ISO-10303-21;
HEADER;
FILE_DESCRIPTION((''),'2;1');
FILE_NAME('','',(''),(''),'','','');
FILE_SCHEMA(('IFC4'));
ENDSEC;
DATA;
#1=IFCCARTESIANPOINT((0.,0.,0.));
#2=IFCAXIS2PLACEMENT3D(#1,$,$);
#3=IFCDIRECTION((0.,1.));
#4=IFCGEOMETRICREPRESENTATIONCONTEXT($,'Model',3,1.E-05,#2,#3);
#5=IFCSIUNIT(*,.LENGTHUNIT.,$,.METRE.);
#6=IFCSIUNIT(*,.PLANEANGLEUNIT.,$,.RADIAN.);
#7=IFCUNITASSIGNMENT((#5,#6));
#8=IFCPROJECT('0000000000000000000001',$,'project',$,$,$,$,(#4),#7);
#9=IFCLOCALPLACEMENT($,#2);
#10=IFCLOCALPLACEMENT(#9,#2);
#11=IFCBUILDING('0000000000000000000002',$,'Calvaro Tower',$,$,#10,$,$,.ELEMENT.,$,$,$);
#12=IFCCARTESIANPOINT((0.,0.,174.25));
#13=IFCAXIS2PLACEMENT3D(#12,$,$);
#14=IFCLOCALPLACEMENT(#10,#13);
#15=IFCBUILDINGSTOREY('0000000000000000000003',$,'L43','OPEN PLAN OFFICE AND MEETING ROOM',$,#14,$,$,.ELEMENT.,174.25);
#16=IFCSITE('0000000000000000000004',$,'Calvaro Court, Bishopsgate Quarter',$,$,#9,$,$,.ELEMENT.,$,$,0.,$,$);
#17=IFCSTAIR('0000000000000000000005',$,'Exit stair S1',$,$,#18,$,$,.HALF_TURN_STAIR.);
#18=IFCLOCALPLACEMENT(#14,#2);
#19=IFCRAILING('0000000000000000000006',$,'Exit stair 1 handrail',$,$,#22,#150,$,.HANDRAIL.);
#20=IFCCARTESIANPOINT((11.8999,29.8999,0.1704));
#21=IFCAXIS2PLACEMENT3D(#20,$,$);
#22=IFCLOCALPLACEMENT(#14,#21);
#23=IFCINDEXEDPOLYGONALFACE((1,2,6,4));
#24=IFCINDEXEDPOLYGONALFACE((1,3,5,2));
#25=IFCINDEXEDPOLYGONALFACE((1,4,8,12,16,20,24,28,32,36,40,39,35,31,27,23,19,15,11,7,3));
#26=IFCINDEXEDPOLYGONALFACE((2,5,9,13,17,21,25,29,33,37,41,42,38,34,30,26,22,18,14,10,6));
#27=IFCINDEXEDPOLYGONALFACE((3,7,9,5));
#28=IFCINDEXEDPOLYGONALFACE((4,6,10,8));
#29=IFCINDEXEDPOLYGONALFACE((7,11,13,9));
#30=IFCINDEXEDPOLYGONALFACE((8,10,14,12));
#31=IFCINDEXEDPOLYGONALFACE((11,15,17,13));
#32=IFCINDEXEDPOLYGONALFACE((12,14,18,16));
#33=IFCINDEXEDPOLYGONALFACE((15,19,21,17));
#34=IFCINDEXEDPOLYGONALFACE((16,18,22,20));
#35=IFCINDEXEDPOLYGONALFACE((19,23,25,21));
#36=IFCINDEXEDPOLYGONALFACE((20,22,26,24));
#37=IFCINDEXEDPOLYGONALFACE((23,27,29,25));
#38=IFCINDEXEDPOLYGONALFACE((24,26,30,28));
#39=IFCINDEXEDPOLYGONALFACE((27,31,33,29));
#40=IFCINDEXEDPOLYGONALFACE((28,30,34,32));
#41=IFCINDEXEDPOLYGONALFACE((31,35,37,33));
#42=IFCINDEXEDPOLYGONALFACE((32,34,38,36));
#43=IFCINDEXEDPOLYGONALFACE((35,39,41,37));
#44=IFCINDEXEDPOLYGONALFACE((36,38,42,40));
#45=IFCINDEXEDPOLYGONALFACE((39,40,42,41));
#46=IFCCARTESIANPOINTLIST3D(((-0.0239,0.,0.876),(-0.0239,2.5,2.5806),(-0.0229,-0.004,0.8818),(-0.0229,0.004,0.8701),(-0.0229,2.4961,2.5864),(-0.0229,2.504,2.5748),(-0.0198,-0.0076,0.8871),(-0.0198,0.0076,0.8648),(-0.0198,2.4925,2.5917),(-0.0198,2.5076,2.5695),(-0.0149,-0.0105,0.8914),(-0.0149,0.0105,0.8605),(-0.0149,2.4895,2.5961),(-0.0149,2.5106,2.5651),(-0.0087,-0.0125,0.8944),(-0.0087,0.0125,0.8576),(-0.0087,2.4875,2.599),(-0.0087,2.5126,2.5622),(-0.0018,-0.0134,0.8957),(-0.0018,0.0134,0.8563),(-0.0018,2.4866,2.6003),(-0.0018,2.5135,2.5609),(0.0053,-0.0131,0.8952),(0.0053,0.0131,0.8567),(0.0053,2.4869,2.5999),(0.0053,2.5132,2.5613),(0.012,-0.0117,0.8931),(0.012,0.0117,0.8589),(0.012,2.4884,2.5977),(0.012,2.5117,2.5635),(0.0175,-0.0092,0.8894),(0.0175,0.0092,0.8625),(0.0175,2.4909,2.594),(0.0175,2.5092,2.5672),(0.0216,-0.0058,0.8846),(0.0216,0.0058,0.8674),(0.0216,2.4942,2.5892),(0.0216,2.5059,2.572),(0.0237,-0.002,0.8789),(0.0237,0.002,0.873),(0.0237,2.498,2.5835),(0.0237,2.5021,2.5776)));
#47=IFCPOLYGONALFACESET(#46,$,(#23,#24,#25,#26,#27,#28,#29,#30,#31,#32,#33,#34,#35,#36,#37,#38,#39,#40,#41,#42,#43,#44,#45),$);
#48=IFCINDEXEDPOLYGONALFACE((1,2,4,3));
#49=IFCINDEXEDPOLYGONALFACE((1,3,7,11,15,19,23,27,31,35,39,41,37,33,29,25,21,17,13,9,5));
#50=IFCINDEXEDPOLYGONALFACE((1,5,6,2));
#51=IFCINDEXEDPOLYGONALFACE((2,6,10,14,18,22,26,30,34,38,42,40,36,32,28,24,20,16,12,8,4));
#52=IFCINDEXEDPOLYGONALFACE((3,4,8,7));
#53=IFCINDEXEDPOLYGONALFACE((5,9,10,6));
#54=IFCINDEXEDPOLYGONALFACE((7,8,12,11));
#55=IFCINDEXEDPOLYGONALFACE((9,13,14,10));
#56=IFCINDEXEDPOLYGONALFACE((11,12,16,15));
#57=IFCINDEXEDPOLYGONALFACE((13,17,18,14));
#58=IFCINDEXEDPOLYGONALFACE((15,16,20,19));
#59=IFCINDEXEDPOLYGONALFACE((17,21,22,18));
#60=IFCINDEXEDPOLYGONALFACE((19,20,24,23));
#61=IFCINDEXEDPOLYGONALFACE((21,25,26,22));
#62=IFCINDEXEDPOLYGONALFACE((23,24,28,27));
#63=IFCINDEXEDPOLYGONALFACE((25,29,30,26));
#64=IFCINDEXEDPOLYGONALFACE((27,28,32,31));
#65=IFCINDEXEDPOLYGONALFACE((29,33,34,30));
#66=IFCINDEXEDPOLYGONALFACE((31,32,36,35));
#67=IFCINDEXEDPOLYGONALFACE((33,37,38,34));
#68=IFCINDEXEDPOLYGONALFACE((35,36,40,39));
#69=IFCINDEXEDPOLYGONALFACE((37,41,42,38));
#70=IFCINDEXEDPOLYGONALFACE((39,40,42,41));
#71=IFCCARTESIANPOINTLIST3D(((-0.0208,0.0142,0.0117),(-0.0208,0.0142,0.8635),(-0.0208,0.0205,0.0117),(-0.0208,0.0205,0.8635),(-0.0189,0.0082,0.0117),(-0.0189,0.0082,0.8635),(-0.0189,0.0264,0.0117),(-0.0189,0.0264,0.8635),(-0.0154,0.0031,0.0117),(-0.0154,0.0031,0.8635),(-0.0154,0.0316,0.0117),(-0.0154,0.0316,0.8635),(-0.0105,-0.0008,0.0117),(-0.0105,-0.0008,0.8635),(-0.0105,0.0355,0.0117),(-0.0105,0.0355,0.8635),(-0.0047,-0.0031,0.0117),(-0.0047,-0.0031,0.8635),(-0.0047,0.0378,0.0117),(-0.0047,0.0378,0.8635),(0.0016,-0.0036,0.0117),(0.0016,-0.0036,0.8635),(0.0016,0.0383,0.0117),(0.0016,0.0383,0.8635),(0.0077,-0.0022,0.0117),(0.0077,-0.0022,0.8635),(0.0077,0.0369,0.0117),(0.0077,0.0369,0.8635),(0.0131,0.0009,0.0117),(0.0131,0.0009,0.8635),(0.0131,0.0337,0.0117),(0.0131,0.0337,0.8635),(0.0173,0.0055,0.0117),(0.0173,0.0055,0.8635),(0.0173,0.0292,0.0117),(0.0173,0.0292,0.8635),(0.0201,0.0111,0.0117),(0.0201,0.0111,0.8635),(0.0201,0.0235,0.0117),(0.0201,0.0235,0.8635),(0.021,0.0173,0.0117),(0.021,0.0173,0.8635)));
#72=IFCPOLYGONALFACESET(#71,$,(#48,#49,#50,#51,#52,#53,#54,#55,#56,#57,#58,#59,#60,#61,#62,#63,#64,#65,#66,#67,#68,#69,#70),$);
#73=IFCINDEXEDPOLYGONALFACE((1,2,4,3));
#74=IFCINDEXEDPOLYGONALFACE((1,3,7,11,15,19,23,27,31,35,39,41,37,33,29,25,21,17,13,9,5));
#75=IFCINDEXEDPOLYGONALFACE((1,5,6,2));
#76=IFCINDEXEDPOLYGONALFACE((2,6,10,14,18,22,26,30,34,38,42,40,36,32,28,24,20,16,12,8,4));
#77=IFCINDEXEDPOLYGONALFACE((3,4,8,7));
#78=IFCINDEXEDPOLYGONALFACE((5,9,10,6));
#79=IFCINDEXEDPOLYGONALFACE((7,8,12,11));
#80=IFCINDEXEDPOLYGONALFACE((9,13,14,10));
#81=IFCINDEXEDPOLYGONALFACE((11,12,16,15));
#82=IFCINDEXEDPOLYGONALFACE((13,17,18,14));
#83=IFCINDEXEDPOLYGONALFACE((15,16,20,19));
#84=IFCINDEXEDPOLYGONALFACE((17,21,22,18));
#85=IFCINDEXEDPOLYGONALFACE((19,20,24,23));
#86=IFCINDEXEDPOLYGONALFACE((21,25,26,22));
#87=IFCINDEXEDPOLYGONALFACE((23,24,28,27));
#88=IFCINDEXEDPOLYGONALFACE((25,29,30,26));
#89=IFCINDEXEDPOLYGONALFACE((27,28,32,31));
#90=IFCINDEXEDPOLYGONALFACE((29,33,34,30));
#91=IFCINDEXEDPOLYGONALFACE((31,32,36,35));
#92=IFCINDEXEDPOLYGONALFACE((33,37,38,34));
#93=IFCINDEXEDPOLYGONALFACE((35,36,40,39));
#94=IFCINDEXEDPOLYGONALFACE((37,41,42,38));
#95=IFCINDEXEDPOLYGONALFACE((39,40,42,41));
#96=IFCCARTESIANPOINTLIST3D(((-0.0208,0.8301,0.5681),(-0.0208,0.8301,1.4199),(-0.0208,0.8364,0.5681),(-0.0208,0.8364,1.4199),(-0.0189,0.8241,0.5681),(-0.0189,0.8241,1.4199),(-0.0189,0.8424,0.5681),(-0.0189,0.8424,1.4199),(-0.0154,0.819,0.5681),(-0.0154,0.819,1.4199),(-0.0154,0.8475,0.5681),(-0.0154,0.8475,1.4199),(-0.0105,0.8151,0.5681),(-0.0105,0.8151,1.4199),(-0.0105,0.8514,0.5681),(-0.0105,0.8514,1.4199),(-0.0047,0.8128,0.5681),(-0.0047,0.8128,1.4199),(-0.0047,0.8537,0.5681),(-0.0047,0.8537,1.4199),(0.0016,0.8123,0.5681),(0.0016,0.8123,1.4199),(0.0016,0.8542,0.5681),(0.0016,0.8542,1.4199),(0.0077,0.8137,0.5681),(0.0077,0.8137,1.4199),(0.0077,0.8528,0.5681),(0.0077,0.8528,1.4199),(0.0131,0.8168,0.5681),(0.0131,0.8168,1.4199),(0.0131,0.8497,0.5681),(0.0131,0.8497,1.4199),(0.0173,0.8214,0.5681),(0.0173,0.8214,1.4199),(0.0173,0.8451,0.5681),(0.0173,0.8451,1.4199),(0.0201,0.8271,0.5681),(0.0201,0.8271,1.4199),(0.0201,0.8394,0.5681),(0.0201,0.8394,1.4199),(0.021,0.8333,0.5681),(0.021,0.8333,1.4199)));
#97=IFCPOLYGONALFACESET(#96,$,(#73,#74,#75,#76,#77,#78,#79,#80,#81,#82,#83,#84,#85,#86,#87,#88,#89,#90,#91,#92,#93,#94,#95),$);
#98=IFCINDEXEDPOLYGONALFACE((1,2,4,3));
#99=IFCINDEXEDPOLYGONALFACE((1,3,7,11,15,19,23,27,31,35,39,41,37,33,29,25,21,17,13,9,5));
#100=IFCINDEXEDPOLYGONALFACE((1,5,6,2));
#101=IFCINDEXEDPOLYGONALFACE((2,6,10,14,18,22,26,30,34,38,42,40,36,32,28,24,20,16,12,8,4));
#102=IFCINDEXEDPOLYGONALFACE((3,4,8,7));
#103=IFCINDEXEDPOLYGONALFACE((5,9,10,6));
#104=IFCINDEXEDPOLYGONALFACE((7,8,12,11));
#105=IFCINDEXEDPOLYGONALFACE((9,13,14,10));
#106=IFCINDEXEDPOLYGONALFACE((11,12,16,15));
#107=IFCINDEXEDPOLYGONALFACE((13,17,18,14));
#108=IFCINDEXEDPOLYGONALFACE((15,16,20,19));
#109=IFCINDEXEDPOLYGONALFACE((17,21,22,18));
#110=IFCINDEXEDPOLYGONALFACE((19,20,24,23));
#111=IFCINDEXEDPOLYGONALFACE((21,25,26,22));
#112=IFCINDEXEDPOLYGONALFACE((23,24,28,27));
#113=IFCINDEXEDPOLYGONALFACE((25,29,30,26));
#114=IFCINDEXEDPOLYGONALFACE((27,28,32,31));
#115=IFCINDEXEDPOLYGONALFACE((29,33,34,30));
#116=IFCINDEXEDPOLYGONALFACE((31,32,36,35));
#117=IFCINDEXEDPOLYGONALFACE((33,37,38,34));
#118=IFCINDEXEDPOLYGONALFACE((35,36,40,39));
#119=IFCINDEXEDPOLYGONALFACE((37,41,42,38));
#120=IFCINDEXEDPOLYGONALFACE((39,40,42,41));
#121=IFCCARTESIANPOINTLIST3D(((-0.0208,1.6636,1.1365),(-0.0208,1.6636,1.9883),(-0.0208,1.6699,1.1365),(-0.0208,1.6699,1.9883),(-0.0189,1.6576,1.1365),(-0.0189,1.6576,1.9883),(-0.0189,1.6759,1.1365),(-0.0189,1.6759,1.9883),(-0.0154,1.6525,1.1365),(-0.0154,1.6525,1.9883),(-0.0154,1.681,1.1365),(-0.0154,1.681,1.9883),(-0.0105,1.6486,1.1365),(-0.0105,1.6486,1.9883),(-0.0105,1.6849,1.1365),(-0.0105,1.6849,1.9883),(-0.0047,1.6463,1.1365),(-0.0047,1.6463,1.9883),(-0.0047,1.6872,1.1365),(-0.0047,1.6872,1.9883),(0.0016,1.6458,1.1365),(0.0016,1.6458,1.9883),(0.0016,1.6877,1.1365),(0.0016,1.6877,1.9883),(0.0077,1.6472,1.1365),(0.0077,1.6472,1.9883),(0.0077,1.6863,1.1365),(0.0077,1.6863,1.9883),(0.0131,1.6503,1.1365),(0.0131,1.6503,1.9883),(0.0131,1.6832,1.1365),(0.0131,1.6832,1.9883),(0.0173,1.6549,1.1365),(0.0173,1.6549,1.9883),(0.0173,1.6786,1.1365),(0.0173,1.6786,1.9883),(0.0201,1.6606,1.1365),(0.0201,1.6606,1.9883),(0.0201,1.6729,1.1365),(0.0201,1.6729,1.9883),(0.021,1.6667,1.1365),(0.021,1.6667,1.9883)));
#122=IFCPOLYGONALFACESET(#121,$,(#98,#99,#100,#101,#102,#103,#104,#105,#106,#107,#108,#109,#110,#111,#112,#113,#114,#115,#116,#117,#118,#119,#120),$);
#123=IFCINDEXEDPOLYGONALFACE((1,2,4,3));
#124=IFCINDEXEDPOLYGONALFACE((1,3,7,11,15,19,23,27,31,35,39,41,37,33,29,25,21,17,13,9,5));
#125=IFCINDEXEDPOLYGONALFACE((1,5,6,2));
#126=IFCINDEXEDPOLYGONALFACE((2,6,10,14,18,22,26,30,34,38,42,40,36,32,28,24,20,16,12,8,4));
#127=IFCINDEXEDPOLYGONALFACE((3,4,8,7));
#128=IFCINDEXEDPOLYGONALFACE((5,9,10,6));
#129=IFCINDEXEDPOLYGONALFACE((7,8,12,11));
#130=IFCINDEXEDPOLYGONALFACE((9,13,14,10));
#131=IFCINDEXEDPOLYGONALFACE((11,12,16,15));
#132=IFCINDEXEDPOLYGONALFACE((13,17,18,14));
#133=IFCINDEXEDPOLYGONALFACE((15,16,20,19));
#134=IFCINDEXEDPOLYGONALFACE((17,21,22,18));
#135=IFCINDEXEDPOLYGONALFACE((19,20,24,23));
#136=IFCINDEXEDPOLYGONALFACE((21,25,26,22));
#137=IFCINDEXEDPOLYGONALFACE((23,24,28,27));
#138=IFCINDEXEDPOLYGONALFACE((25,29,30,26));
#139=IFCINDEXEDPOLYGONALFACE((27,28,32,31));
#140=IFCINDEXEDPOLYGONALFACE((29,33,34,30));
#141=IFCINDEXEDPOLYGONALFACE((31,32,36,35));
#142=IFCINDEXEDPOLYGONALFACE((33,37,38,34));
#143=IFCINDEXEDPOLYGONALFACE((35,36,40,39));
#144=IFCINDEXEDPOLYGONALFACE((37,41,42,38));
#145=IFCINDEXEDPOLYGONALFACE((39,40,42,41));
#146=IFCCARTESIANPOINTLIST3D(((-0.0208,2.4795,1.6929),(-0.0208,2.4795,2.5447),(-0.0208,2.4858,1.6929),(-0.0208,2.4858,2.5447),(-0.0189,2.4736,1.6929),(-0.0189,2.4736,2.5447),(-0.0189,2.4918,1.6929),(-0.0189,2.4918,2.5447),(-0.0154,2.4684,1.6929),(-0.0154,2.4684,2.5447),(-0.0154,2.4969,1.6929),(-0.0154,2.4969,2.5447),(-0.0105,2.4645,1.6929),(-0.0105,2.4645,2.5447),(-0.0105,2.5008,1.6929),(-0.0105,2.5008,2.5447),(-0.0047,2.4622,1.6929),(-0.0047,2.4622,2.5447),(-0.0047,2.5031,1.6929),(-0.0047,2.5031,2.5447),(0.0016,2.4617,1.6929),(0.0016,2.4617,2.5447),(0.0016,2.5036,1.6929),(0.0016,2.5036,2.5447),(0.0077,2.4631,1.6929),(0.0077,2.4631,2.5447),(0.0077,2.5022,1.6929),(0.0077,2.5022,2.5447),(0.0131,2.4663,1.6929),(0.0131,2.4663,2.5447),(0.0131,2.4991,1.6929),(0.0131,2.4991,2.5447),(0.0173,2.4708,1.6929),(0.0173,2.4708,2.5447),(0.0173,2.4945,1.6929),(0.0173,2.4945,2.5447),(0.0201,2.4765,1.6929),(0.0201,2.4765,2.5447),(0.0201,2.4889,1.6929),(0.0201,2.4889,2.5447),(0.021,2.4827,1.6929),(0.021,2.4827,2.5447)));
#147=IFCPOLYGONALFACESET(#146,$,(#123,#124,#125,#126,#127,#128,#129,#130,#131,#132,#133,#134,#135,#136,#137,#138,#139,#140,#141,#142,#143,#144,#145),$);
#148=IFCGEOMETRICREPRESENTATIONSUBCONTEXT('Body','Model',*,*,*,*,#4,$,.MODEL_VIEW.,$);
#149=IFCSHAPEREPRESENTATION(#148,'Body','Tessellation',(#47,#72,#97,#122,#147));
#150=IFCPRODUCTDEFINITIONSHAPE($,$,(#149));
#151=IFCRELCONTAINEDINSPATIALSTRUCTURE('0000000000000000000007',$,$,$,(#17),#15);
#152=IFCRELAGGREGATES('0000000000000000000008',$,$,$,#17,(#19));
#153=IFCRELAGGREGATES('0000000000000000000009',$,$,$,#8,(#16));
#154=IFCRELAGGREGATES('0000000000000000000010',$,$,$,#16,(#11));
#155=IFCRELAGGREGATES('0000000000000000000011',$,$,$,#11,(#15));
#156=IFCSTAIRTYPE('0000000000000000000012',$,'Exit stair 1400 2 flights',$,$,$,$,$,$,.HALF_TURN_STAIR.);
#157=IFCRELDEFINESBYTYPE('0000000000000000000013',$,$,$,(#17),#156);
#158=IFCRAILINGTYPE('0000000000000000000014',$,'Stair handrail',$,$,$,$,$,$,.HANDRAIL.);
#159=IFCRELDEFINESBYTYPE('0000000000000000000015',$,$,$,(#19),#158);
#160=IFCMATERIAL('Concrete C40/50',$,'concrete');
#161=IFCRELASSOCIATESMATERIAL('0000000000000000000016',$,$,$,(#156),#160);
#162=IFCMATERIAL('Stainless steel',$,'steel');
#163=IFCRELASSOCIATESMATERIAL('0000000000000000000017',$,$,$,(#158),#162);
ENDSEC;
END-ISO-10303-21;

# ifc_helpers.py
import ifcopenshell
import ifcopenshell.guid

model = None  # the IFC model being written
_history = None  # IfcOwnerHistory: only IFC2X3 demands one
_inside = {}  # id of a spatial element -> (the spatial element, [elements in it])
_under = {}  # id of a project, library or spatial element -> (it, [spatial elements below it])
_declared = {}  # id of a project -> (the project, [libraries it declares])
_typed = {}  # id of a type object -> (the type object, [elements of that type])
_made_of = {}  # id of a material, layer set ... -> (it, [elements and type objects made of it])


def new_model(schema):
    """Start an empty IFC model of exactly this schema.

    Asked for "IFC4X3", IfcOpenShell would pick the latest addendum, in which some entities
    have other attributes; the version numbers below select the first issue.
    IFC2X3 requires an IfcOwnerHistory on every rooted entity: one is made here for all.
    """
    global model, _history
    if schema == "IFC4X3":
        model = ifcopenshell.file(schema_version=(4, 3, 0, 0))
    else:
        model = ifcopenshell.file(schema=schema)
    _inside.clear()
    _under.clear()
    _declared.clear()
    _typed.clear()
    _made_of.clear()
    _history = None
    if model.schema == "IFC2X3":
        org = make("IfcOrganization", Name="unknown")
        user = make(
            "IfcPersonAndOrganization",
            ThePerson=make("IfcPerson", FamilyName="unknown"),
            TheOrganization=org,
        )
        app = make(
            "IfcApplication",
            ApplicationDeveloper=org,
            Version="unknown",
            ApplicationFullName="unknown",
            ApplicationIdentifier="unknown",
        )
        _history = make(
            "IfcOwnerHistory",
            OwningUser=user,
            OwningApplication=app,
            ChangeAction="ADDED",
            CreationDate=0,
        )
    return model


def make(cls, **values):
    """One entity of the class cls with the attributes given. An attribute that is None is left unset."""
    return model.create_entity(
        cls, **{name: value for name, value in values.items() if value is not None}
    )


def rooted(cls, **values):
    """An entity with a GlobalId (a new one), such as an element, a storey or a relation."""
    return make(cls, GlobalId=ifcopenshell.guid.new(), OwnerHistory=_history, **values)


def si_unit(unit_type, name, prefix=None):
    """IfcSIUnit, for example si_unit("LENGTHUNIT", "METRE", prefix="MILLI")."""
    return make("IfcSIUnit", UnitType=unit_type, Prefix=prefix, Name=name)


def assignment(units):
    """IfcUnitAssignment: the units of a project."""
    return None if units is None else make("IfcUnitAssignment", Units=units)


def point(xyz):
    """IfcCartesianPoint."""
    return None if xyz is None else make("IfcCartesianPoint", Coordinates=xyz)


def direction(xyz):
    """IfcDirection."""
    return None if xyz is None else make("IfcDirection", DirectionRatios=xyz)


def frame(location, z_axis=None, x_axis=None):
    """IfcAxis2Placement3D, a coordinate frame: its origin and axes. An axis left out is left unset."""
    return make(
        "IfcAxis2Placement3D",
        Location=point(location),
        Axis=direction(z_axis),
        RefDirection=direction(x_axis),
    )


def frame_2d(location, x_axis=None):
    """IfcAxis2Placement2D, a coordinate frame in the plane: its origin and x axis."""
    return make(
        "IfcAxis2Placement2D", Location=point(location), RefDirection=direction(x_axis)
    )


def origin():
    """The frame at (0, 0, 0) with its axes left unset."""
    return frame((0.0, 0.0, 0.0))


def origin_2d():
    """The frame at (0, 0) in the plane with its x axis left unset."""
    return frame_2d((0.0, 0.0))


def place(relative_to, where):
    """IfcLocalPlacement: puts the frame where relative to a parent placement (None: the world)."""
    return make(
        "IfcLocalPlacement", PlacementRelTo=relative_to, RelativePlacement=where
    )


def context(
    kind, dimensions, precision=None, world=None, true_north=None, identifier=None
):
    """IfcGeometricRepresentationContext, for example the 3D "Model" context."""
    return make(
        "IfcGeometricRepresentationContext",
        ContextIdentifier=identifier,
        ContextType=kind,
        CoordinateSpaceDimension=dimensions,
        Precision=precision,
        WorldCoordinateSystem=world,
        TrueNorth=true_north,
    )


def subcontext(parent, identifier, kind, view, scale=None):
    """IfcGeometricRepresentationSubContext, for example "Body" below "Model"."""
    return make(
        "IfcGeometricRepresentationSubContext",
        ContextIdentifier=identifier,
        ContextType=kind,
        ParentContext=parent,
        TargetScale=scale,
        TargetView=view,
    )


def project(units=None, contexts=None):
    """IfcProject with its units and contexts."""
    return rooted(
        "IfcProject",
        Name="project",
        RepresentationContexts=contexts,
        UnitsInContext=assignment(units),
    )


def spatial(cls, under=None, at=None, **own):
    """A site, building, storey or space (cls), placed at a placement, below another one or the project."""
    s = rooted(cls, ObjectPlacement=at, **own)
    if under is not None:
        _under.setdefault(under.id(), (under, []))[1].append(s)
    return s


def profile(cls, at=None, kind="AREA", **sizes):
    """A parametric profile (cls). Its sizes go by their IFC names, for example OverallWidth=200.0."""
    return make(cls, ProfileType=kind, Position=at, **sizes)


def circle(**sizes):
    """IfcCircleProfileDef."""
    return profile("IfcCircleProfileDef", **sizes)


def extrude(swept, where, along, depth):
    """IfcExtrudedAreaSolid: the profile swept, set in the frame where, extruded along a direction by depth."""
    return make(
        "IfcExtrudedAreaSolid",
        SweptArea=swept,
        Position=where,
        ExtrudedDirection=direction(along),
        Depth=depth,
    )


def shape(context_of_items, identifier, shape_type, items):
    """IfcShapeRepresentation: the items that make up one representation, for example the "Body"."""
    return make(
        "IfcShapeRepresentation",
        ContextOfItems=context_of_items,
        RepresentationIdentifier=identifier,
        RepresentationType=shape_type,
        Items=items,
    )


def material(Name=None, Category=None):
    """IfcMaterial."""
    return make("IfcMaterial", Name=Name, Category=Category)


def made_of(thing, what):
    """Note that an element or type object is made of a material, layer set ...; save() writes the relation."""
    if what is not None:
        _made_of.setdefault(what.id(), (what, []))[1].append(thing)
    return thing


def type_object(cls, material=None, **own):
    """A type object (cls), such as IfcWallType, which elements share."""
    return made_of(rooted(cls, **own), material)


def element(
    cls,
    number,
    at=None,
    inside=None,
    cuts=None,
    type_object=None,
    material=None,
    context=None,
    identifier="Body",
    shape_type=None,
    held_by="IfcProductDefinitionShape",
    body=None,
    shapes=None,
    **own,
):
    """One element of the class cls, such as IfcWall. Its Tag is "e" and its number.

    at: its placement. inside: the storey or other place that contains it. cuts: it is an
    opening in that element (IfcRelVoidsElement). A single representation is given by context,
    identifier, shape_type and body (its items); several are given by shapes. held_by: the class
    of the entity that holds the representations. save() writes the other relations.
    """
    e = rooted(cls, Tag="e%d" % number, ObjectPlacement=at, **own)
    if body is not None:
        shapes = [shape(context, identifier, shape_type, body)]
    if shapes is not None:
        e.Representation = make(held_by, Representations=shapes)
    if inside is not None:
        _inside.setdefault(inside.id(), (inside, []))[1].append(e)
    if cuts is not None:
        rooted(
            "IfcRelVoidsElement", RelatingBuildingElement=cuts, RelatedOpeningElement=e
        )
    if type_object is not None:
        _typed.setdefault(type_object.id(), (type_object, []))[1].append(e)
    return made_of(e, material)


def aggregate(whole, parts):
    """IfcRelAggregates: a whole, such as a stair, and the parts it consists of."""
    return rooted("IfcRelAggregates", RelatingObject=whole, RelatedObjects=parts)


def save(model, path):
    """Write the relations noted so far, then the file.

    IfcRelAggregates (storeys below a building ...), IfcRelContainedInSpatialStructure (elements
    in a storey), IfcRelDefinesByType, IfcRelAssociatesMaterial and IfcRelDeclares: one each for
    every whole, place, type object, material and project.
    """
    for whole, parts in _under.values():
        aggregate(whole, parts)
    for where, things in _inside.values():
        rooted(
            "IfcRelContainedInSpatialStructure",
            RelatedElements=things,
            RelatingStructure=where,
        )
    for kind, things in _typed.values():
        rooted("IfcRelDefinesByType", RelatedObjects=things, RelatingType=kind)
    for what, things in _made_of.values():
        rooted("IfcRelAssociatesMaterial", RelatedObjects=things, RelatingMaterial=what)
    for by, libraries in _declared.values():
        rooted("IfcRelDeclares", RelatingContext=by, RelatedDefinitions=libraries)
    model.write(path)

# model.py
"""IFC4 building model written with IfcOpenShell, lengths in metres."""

from ifc_helpers import new_model, si_unit, direction, frame, origin, origin_2d, place, context, subcontext, project, spatial, circle, extrude, material, type_object, element, aggregate, save


model = new_model("IFC4")

# Units and contexts
model_context = context("Model", 3, precision=1e-05, world=origin(), true_north=direction((0.0, 1.0)))
body_context = subcontext(model_context, "Body", "Model", "MODEL_VIEW")
ifc_project = project(units=[si_unit("LENGTHUNIT", "METRE"), si_unit("PLANEANGLEUNIT", "RADIAN")], contexts=[model_context])

# Site, building, storey
site_placement = place(None, origin())
site = spatial("IfcSite", under=ifc_project, at=site_placement, Name="Calvaro Court, Bishopsgate Quarter", CompositionType="ELEMENT", RefElevation=0.0)
building_placement = place(site_placement, origin())
building = spatial("IfcBuilding", under=site, at=building_placement, Name="Calvaro Tower", CompositionType="ELEMENT")
storey_placement = place(building_placement, frame((0.0, 0.0, 174.25)))
storey = spatial("IfcBuildingStorey", under=building, at=storey_placement, Name="L43", Description="OPEN PLAN OFFICE AND MEETING ROOM", CompositionType="ELEMENT", Elevation=174.25)

# Stair, railing
ifc_material_1 = material(Name="Concrete C40/50", Category="concrete")
stair_type = type_object("IfcStairType", Name="Exit stair 1400 2 flights", PredefinedType="HALF_TURN_STAIR", material=ifc_material_1)
stair_placement = place(storey_placement, origin())
stair = element("IfcStair", 1, at=stair_placement, inside=storey, type_object=stair_type, Name="Exit stair S1", PredefinedType="HALF_TURN_STAIR")
ifc_material_2 = material(Name="Stainless steel", Category="steel")
railing_type = type_object("IfcRailingType", Name="Stair handrail", PredefinedType="HANDRAIL", material=ifc_material_2)
railing_1_placement = place(storey_placement, frame((11.8999, 29.8999, 0.1704)))
railing_1 = element("IfcRailing", 2, at=railing_1_placement, type_object=railing_type, Name="Exit stair 1 handrail", PredefinedType="HANDRAIL", context=body_context, shape_type="SweptSolid", body=[
    extrude(circle(Radius=0.0239, at=origin_2d()), frame((0.0, 0.0, 0.876), z_axis=(0.0, 0.826221, 0.563347), x_axis=(-1.0, 0.0, 0.0)), (0.0, 0.0, 1.0), 3.0259),
    extrude(circle(Radius=0.021, at=origin_2d()), frame((0.0, 0.0173, 0.0117)), (0.0, 0.0, 1.0), 0.8518),
    extrude(circle(Radius=0.021, at=origin_2d()), frame((0.0, 0.8333, 0.5681)), (0.0, 0.0, 1.0), 0.8518),
    extrude(circle(Radius=0.021, at=origin_2d()), frame((0.0, 1.6667, 1.1365)), (0.0, 0.0, 1.0), 0.8518),
    extrude(circle(Radius=0.021, at=origin_2d()), frame((0.0, 2.4827, 1.6929)), (0.0, 0.0, 1.0), 0.8518),
])
aggregate(stair, [railing_1])

save(model, "model.ifc")
